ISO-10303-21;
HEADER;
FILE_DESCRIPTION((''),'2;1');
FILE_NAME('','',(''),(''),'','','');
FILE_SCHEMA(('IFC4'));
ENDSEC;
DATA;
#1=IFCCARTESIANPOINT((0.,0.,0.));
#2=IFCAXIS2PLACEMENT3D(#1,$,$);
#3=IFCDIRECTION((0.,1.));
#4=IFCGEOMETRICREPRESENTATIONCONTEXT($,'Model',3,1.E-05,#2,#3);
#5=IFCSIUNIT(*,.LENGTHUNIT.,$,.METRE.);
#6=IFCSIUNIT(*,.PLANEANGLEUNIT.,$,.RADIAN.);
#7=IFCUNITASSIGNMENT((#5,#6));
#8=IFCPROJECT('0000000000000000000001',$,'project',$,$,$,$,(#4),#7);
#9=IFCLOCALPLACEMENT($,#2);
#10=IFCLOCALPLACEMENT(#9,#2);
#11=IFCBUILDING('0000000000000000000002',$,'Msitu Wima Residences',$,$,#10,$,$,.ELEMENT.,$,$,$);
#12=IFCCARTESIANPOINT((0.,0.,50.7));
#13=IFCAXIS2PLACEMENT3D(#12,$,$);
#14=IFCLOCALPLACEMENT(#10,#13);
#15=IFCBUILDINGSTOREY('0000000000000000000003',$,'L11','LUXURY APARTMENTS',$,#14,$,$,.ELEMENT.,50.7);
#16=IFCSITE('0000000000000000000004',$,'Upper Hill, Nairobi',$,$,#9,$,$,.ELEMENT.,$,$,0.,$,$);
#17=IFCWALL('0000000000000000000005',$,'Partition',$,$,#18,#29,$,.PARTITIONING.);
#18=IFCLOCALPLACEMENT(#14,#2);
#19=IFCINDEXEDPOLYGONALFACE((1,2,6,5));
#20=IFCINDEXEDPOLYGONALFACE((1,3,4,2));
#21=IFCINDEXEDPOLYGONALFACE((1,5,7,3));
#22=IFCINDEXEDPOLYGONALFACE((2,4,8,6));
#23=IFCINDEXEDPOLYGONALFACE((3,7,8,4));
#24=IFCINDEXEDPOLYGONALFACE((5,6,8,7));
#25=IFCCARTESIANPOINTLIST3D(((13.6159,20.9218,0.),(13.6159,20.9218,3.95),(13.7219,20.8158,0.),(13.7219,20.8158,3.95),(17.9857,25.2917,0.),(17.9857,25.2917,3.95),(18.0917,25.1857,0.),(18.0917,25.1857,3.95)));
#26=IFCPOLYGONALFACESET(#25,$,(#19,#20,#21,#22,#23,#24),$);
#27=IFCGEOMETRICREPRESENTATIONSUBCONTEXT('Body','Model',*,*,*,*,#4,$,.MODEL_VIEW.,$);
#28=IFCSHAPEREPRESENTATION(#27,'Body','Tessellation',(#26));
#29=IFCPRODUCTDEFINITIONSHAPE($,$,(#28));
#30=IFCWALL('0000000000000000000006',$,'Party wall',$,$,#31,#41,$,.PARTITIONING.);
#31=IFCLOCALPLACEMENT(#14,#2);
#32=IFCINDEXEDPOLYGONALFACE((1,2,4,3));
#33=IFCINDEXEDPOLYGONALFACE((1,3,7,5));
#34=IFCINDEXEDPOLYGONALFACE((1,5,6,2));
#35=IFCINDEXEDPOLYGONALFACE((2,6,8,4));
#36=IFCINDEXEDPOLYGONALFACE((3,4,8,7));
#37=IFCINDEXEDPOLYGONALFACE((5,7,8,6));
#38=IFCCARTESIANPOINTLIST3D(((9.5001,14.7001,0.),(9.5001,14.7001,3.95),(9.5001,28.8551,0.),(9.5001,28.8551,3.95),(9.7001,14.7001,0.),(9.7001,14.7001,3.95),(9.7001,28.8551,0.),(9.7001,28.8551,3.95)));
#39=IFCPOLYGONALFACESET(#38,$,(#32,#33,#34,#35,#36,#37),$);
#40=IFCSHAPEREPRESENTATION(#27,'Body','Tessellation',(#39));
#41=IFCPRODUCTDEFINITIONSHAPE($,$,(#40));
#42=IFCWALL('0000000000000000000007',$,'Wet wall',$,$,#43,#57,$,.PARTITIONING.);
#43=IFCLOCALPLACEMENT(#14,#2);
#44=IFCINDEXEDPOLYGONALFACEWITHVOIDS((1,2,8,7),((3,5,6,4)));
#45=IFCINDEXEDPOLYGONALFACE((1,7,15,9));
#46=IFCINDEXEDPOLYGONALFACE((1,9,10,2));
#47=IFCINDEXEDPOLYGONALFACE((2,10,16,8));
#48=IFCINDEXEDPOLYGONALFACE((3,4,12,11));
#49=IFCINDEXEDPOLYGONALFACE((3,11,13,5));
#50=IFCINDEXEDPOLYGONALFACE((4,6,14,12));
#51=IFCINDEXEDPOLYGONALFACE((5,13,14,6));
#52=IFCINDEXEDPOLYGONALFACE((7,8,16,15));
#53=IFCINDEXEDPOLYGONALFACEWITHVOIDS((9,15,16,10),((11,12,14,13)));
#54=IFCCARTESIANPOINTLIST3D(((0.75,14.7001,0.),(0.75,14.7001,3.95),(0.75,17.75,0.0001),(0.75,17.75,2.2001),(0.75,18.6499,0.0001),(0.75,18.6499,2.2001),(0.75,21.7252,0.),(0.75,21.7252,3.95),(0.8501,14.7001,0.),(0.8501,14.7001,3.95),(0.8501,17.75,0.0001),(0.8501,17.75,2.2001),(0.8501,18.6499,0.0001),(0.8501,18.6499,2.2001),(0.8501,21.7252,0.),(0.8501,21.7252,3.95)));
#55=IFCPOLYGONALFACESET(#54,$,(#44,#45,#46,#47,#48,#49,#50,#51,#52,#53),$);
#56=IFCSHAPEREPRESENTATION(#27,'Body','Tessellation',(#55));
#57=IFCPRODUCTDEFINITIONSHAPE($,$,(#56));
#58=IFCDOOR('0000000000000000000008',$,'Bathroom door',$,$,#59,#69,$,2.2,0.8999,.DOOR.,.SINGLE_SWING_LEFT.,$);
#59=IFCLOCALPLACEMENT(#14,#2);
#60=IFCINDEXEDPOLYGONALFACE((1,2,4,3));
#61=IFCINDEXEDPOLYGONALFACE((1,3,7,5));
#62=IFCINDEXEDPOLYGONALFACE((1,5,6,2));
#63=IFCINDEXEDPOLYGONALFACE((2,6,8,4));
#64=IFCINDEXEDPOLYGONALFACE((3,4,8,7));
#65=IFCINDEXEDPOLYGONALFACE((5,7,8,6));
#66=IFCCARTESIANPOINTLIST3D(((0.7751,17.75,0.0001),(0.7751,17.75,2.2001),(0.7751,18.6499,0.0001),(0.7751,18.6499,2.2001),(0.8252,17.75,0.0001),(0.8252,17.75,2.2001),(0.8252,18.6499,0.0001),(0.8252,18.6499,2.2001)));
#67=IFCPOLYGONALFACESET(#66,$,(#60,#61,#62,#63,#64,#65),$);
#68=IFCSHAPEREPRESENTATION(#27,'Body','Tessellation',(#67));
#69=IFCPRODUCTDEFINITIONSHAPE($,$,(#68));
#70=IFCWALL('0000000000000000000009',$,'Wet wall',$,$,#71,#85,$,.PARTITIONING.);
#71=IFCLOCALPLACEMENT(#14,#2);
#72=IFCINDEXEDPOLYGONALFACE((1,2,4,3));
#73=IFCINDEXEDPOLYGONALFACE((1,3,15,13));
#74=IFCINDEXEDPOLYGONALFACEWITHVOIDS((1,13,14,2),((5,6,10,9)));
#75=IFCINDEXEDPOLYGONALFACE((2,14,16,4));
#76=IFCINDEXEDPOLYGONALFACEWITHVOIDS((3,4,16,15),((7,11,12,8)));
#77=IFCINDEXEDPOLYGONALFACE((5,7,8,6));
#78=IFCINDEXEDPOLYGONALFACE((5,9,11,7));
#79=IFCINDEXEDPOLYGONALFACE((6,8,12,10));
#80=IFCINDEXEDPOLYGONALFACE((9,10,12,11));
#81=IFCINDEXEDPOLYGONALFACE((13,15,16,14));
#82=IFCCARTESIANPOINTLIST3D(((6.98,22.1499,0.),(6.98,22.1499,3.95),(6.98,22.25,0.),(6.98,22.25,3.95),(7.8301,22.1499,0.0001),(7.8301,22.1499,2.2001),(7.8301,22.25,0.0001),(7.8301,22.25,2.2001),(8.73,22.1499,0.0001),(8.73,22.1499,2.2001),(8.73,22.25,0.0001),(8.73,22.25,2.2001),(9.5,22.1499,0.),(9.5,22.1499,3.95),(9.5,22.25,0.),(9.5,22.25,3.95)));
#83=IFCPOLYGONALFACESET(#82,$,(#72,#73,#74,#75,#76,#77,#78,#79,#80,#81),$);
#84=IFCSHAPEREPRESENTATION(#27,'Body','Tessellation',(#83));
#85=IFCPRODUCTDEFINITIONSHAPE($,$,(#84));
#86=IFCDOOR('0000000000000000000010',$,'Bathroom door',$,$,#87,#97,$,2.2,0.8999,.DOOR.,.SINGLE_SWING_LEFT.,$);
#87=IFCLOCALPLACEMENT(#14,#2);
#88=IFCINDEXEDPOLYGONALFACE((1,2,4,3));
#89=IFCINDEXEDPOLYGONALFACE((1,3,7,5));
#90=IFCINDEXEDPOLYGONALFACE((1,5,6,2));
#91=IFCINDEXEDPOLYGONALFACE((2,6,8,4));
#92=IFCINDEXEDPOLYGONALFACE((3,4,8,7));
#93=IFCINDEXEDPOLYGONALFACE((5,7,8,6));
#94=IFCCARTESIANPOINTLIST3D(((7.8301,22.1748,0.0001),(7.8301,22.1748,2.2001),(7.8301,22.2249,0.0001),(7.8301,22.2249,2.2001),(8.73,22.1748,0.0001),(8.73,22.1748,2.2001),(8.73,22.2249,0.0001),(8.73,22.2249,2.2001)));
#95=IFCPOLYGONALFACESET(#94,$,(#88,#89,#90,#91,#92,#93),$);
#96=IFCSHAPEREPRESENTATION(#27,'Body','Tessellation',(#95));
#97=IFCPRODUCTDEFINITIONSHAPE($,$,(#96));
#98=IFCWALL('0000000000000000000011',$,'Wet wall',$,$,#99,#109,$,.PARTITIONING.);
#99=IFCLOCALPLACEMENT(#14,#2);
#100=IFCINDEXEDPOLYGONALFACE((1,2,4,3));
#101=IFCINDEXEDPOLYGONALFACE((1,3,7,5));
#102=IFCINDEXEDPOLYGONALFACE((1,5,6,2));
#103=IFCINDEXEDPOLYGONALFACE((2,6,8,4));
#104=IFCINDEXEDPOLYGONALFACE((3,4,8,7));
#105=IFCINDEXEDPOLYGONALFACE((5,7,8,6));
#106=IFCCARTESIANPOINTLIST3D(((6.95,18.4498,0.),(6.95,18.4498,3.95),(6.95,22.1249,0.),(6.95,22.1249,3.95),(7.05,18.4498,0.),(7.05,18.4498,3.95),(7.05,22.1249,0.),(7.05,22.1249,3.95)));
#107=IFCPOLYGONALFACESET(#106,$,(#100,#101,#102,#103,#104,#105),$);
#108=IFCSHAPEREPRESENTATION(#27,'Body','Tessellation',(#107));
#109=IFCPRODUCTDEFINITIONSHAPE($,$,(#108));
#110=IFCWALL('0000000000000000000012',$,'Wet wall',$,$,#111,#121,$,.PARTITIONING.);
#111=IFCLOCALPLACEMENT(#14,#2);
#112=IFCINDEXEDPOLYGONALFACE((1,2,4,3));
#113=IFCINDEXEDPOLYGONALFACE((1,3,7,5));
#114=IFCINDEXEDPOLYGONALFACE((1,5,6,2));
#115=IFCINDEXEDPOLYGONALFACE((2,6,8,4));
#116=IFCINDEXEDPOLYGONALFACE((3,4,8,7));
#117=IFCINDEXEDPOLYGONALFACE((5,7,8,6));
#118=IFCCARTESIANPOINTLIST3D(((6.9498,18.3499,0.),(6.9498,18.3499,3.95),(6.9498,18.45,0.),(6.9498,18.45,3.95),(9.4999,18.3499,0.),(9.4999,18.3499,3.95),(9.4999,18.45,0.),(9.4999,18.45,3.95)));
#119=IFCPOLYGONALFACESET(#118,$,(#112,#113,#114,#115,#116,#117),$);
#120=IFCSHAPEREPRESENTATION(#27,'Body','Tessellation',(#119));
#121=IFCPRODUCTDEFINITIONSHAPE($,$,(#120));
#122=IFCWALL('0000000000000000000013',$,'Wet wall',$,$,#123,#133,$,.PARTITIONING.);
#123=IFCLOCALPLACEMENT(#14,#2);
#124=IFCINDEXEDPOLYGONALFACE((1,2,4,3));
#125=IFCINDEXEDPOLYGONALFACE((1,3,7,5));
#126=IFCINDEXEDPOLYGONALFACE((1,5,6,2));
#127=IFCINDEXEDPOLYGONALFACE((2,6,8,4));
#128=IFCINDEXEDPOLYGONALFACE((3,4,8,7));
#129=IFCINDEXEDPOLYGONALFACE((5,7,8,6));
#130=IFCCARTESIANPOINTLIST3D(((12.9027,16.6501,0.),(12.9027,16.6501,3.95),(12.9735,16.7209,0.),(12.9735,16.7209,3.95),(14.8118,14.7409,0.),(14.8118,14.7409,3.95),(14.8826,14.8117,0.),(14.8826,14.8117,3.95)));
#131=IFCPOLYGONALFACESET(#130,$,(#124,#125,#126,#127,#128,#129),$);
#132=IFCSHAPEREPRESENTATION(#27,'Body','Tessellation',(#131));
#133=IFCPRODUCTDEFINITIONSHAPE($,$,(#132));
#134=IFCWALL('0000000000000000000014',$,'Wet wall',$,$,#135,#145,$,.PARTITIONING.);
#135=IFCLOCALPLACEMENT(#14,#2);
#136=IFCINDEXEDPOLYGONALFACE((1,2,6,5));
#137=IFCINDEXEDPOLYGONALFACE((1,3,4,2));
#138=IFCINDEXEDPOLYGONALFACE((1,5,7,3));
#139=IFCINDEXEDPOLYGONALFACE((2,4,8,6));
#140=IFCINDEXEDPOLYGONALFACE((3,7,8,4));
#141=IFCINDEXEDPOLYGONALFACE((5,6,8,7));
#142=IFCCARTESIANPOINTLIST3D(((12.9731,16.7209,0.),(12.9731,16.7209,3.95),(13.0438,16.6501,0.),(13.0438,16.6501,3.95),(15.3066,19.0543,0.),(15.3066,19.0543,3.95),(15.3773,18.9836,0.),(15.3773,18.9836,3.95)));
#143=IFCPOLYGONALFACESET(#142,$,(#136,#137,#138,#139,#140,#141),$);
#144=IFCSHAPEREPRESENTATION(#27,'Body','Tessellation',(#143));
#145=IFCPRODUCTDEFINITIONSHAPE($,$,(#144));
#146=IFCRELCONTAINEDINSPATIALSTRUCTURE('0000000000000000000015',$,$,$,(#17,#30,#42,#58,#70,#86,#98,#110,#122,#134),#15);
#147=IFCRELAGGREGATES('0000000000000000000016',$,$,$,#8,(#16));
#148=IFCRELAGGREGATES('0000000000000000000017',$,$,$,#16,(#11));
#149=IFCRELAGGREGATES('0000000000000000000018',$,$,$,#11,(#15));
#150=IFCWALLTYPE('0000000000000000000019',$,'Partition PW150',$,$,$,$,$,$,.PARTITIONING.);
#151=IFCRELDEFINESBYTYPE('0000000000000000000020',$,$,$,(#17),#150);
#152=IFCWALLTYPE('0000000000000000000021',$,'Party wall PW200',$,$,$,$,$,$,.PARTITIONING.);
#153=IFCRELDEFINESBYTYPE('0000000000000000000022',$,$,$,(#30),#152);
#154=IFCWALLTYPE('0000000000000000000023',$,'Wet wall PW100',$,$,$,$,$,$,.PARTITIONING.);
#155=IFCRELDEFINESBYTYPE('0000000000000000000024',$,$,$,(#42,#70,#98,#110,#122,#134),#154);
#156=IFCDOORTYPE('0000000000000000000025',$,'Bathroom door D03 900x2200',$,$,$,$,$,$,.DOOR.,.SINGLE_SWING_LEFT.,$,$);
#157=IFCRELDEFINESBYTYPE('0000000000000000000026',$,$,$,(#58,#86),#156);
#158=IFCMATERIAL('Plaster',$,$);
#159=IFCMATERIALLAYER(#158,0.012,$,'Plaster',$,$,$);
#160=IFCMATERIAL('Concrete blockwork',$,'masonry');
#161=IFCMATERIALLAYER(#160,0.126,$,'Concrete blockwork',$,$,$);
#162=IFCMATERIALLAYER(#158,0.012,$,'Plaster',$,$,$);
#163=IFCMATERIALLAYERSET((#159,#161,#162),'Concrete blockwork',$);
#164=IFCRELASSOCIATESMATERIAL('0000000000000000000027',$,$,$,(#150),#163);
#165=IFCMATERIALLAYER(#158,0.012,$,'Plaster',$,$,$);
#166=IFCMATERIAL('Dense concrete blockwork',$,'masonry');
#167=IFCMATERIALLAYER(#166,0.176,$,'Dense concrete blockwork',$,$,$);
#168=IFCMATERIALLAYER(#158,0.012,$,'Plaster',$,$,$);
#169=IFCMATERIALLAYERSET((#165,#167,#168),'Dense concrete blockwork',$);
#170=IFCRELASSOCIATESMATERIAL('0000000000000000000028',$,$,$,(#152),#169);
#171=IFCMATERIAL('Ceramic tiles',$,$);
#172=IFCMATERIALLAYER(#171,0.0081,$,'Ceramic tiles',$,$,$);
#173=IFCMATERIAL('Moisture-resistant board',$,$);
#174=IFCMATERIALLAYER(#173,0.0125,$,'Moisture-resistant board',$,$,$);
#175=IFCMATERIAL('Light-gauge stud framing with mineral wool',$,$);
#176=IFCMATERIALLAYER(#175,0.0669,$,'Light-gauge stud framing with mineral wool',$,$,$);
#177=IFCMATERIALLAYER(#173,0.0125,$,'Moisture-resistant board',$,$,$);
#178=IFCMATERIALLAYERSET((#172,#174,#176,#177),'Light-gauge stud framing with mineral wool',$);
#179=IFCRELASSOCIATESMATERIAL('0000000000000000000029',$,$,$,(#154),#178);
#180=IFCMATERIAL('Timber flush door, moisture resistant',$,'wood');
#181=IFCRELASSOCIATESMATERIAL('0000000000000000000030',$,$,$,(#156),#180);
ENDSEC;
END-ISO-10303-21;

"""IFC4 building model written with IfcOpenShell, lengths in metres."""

from ifc_helpers import new_model, si_unit, direction, frame, frame_2d, origin, place, context, subcontext, project, spatial, rectangle, extrude, material, layer, layer_set, type_object, element, fill, save


model = new_model("IFC4")

# Units and contexts
model_context = context("Model", 3, precision=1e-05, world=origin(), true_north=direction((0.0, 1.0)))
body_context = subcontext(model_context, "Body", "Model", "MODEL_VIEW")
ifc_project = project(units=[si_unit("LENGTHUNIT", "METRE"), si_unit("PLANEANGLEUNIT", "RADIAN")], contexts=[model_context])

# Site, building, storey
site_placement = place(None, origin())
site = spatial("IfcSite", under=ifc_project, at=site_placement, Name="Upper Hill, Nairobi", CompositionType="ELEMENT", RefElevation=0.0)
building_placement = place(site_placement, origin())
building = spatial("IfcBuilding", under=site, at=building_placement, Name="Msitu Wima Residences", CompositionType="ELEMENT")
storey_placement = place(building_placement, frame((0.0, 0.0, 50.7)))
storey = spatial("IfcBuildingStorey", under=building, at=storey_placement, Name="L11", Description="LUXURY APARTMENTS", CompositionType="ELEMENT", Elevation=50.7)

# Shared definitions
ifc_material_1 = material(Name="Plaster")
ifc_layer_1 = layer(ifc_material_1, 0.012, Name="Plaster")
ifc_material_2 = material(Name="Concrete blockwork", Category="masonry")
ifc_layer_2 = layer(ifc_material_2, 0.126, Name="Concrete blockwork")
ifc_layer_3 = layer(ifc_material_1, 0.012, Name="Plaster")
ifc_layer_set_1 = layer_set([ifc_layer_1, ifc_layer_2, ifc_layer_3], Name="Concrete blockwork")
wall_type_1 = type_object("IfcWallType", Name="Partition PW150", PredefinedType="PARTITIONING", material=ifc_layer_set_1)

# Walls
wall_1_placement = place(storey_placement, frame((13.6689, 20.8689, 0.0), z_axis=(0.0, 0.0, 1.0), x_axis=(0.707107, 0.707107, 0.0)))
element("IfcWall", 1, at=wall_1_placement, inside=storey, type_object=wall_type_1, Name="Partition", PredefinedType="PARTITIONING", context=body_context, shape_type="SweptSolid", body=[
    extrude(rectangle(XDim=6.1799, YDim=0.1499, at=frame_2d((3.0898, 0.0))), origin(), (0.0, 0.0, 1.0), 3.95),
])
ifc_layer_4 = layer(ifc_material_1, 0.012, Name="Plaster")
ifc_material_3 = material(Name="Dense concrete blockwork", Category="masonry")
ifc_layer_5 = layer(ifc_material_3, 0.176, Name="Dense concrete blockwork")
ifc_layer_6 = layer(ifc_material_1, 0.012, Name="Plaster")
ifc_layer_set_2 = layer_set([ifc_layer_4, ifc_layer_5, ifc_layer_6], Name="Dense concrete blockwork")
wall_type_2 = type_object("IfcWallType", Name="Party wall PW200", PredefinedType="PARTITIONING", material=ifc_layer_set_2)
wall_2_placement = place(storey_placement, frame((9.6001, 14.7, 0.0), z_axis=(0.0, 0.0, 1.0), x_axis=(0.0, 1.0, 0.0)))
element("IfcWall", 2, at=wall_2_placement, inside=storey, type_object=wall_type_2, Name="Party wall", PredefinedType="PARTITIONING", context=body_context, shape_type="SweptSolid", body=[
    extrude(rectangle(XDim=14.155, YDim=0.2, at=frame_2d((7.0776, 0.0))), origin(), (0.0, 0.0, 1.0), 3.95),
])

# Walls, openings, doors
ifc_material_4 = material(Name="Ceramic tiles")
ifc_layer_7 = layer(ifc_material_4, 0.0081, Name="Ceramic tiles")
ifc_material_5 = material(Name="Moisture-resistant board")
ifc_layer_8 = layer(ifc_material_5, 0.0125, Name="Moisture-resistant board")
ifc_material_6 = material(Name="Light-gauge stud framing with mineral wool")
ifc_layer_9 = layer(ifc_material_6, 0.0669, Name="Light-gauge stud framing with mineral wool")
ifc_layer_10 = layer(ifc_material_5, 0.0125, Name="Moisture-resistant board")
ifc_layer_set_3 = layer_set([ifc_layer_7, ifc_layer_8, ifc_layer_9, ifc_layer_10], Name="Light-gauge stud framing with mineral wool")
wall_type_3 = type_object("IfcWallType", Name="Wet wall PW100", PredefinedType="PARTITIONING", material=ifc_layer_set_3)
wall_3_placement = place(storey_placement, frame((0.8, 14.7, 0.0), z_axis=(0.0, 0.0, 1.0), x_axis=(0.0, 1.0, 0.0)))
wall_3 = element("IfcWall", 3, at=wall_3_placement, inside=storey, type_object=wall_type_3, Name="Wet wall", PredefinedType="PARTITIONING", context=body_context, shape_type="SweptSolid", body=[
    extrude(rectangle(XDim=7.0251, YDim=0.1001, at=frame_2d((3.5127, 0.0))), origin(), (0.0, 0.0, 1.0), 3.95),
])
opening_1_placement = place(wall_3_placement, frame((3.05, 0.0, 0.0)))
opening_1 = element("IfcOpeningElement", 4, at=opening_1_placement, cuts=wall_3, PredefinedType="OPENING", context=body_context, shape_type="SweptSolid", body=[
    extrude(rectangle(XDim=0.8999, YDim=2.2, at=frame_2d((0.45, 1.1001))), frame((0.0, 0.0601, 0.0), z_axis=(0.0, -1.0, 0.0), x_axis=(1.0, 0.0, 0.0)), (0.0, 0.0, 1.0), 0.1201),
])
ifc_material_7 = material(Name="Timber flush door, moisture resistant", Category="wood")
door_type_1 = type_object("IfcDoorType", Name="Bathroom door D03 900x2200", OperationType="SINGLE_SWING_LEFT", PredefinedType="DOOR", material=ifc_material_7)
door_1_placement = place(opening_1_placement, origin())
door_1 = element("IfcDoor", 5, at=door_1_placement, inside=storey, type_object=door_type_1, Name="Bathroom door", OperationType="SINGLE_SWING_LEFT", OverallHeight=2.2, OverallWidth=0.8999, PredefinedType="DOOR", context=body_context, shape_type="SweptSolid", body=[
    extrude(rectangle(XDim=0.8999, YDim=2.2, at=frame_2d((0.45, 1.1001))), frame((0.0, 0.0249, 0.0), z_axis=(0.0, -1.0, 0.0), x_axis=(1.0, 0.0, 0.0)), (0.0, 0.0, 1.0), 0.05),
])
fill(opening_1, door_1)
wall_4_placement = place(storey_placement, frame((6.98, 22.2, 0.0), z_axis=(0.0, 0.0, 1.0), x_axis=(1.0, 0.0, 0.0)))
wall_4 = element("IfcWall", 6, at=wall_4_placement, inside=storey, type_object=wall_type_3, Name="Wet wall", PredefinedType="PARTITIONING", context=body_context, shape_type="SweptSolid", body=[
    extrude(rectangle(XDim=2.52, YDim=0.1001, at=frame_2d((1.26, 0.0))), origin(), (0.0, 0.0, 1.0), 3.95),
])
opening_2_placement = place(wall_4_placement, frame((0.8501, 0.0, 0.0)))
opening_2 = element("IfcOpeningElement", 7, at=opening_2_placement, cuts=wall_4, PredefinedType="OPENING", context=body_context, shape_type="SweptSolid", body=[
    extrude(rectangle(XDim=0.8999, YDim=2.2, at=frame_2d((0.45, 1.1001))), frame((0.0, 0.0601, 0.0), z_axis=(0.0, -1.0, 0.0), x_axis=(1.0, 0.0, 0.0)), (0.0, 0.0, 1.0), 0.1201),
])
door_2_placement = place(opening_2_placement, origin())
door_2 = element("IfcDoor", 8, at=door_2_placement, inside=storey, type_object=door_type_1, Name="Bathroom door", OperationType="SINGLE_SWING_LEFT", OverallHeight=2.2, OverallWidth=0.8999, PredefinedType="DOOR", context=body_context, shape_type="SweptSolid", body=[
    extrude(rectangle(XDim=0.8999, YDim=2.2, at=frame_2d((0.45, 1.1001))), frame((0.0, 0.0249, 0.0), z_axis=(0.0, -1.0, 0.0), x_axis=(1.0, 0.0, 0.0)), (0.0, 0.0, 1.0), 0.05),
])
fill(opening_2, door_2)

# Walls
wall_5_placement = place(storey_placement, frame((7.0, 18.45, 0.0), z_axis=(0.0, 0.0, 1.0), x_axis=(0.0, 1.0, 0.0)))
element("IfcWall", 9, at=wall_5_placement, inside=storey, type_object=wall_type_3, Name="Wet wall", PredefinedType="PARTITIONING", context=body_context, shape_type="SweptSolid", body=[
    extrude(rectangle(XDim=3.675, YDim=0.1001, at=frame_2d((1.8374, 0.0))), origin(), (0.0, 0.0, 1.0), 3.95),
])
wall_6_placement = place(storey_placement, frame((6.95, 18.3999, 0.0), z_axis=(0.0, 0.0, 1.0), x_axis=(1.0, 0.0, 0.0)))
element("IfcWall", 10, at=wall_6_placement, inside=storey, type_object=wall_type_3, Name="Wet wall", PredefinedType="PARTITIONING", context=body_context, shape_type="SweptSolid", body=[
    extrude(rectangle(XDim=2.55, YDim=0.1001, at=frame_2d((1.2749, 0.0))), origin(), (0.0, 0.0, 1.0), 3.95),
])
wall_7_placement = place(storey_placement, frame((12.938, 16.6855, 0.0), z_axis=(0.0, 0.0, 1.0), x_axis=(0.707107, -0.707107, 0.0)))
element("IfcWall", 11, at=wall_7_placement, inside=storey, type_object=wall_type_3, Name="Wet wall", PredefinedType="PARTITIONING", context=body_context, shape_type="SweptSolid", body=[
    extrude(rectangle(XDim=2.7, YDim=0.1001, at=frame_2d((1.3501, 0.0))), origin(), (0.0, 0.0, 1.0), 3.95),
])
wall_8_placement = place(storey_placement, frame((13.0085, 16.6855, 0.0), z_axis=(0.0, 0.0, 1.0), x_axis=(0.707107, 0.707107, 0.0)))
element("IfcWall", 12, at=wall_8_placement, inside=storey, type_object=wall_type_3, Name="Wet wall", PredefinedType="PARTITIONING", context=body_context, shape_type="SweptSolid", body=[
    extrude(rectangle(XDim=3.3, YDim=0.1001, at=frame_2d((1.6499, 0.0))), origin(), (0.0, 0.0, 1.0), 3.95),
])

save(model, "model.ifc")
